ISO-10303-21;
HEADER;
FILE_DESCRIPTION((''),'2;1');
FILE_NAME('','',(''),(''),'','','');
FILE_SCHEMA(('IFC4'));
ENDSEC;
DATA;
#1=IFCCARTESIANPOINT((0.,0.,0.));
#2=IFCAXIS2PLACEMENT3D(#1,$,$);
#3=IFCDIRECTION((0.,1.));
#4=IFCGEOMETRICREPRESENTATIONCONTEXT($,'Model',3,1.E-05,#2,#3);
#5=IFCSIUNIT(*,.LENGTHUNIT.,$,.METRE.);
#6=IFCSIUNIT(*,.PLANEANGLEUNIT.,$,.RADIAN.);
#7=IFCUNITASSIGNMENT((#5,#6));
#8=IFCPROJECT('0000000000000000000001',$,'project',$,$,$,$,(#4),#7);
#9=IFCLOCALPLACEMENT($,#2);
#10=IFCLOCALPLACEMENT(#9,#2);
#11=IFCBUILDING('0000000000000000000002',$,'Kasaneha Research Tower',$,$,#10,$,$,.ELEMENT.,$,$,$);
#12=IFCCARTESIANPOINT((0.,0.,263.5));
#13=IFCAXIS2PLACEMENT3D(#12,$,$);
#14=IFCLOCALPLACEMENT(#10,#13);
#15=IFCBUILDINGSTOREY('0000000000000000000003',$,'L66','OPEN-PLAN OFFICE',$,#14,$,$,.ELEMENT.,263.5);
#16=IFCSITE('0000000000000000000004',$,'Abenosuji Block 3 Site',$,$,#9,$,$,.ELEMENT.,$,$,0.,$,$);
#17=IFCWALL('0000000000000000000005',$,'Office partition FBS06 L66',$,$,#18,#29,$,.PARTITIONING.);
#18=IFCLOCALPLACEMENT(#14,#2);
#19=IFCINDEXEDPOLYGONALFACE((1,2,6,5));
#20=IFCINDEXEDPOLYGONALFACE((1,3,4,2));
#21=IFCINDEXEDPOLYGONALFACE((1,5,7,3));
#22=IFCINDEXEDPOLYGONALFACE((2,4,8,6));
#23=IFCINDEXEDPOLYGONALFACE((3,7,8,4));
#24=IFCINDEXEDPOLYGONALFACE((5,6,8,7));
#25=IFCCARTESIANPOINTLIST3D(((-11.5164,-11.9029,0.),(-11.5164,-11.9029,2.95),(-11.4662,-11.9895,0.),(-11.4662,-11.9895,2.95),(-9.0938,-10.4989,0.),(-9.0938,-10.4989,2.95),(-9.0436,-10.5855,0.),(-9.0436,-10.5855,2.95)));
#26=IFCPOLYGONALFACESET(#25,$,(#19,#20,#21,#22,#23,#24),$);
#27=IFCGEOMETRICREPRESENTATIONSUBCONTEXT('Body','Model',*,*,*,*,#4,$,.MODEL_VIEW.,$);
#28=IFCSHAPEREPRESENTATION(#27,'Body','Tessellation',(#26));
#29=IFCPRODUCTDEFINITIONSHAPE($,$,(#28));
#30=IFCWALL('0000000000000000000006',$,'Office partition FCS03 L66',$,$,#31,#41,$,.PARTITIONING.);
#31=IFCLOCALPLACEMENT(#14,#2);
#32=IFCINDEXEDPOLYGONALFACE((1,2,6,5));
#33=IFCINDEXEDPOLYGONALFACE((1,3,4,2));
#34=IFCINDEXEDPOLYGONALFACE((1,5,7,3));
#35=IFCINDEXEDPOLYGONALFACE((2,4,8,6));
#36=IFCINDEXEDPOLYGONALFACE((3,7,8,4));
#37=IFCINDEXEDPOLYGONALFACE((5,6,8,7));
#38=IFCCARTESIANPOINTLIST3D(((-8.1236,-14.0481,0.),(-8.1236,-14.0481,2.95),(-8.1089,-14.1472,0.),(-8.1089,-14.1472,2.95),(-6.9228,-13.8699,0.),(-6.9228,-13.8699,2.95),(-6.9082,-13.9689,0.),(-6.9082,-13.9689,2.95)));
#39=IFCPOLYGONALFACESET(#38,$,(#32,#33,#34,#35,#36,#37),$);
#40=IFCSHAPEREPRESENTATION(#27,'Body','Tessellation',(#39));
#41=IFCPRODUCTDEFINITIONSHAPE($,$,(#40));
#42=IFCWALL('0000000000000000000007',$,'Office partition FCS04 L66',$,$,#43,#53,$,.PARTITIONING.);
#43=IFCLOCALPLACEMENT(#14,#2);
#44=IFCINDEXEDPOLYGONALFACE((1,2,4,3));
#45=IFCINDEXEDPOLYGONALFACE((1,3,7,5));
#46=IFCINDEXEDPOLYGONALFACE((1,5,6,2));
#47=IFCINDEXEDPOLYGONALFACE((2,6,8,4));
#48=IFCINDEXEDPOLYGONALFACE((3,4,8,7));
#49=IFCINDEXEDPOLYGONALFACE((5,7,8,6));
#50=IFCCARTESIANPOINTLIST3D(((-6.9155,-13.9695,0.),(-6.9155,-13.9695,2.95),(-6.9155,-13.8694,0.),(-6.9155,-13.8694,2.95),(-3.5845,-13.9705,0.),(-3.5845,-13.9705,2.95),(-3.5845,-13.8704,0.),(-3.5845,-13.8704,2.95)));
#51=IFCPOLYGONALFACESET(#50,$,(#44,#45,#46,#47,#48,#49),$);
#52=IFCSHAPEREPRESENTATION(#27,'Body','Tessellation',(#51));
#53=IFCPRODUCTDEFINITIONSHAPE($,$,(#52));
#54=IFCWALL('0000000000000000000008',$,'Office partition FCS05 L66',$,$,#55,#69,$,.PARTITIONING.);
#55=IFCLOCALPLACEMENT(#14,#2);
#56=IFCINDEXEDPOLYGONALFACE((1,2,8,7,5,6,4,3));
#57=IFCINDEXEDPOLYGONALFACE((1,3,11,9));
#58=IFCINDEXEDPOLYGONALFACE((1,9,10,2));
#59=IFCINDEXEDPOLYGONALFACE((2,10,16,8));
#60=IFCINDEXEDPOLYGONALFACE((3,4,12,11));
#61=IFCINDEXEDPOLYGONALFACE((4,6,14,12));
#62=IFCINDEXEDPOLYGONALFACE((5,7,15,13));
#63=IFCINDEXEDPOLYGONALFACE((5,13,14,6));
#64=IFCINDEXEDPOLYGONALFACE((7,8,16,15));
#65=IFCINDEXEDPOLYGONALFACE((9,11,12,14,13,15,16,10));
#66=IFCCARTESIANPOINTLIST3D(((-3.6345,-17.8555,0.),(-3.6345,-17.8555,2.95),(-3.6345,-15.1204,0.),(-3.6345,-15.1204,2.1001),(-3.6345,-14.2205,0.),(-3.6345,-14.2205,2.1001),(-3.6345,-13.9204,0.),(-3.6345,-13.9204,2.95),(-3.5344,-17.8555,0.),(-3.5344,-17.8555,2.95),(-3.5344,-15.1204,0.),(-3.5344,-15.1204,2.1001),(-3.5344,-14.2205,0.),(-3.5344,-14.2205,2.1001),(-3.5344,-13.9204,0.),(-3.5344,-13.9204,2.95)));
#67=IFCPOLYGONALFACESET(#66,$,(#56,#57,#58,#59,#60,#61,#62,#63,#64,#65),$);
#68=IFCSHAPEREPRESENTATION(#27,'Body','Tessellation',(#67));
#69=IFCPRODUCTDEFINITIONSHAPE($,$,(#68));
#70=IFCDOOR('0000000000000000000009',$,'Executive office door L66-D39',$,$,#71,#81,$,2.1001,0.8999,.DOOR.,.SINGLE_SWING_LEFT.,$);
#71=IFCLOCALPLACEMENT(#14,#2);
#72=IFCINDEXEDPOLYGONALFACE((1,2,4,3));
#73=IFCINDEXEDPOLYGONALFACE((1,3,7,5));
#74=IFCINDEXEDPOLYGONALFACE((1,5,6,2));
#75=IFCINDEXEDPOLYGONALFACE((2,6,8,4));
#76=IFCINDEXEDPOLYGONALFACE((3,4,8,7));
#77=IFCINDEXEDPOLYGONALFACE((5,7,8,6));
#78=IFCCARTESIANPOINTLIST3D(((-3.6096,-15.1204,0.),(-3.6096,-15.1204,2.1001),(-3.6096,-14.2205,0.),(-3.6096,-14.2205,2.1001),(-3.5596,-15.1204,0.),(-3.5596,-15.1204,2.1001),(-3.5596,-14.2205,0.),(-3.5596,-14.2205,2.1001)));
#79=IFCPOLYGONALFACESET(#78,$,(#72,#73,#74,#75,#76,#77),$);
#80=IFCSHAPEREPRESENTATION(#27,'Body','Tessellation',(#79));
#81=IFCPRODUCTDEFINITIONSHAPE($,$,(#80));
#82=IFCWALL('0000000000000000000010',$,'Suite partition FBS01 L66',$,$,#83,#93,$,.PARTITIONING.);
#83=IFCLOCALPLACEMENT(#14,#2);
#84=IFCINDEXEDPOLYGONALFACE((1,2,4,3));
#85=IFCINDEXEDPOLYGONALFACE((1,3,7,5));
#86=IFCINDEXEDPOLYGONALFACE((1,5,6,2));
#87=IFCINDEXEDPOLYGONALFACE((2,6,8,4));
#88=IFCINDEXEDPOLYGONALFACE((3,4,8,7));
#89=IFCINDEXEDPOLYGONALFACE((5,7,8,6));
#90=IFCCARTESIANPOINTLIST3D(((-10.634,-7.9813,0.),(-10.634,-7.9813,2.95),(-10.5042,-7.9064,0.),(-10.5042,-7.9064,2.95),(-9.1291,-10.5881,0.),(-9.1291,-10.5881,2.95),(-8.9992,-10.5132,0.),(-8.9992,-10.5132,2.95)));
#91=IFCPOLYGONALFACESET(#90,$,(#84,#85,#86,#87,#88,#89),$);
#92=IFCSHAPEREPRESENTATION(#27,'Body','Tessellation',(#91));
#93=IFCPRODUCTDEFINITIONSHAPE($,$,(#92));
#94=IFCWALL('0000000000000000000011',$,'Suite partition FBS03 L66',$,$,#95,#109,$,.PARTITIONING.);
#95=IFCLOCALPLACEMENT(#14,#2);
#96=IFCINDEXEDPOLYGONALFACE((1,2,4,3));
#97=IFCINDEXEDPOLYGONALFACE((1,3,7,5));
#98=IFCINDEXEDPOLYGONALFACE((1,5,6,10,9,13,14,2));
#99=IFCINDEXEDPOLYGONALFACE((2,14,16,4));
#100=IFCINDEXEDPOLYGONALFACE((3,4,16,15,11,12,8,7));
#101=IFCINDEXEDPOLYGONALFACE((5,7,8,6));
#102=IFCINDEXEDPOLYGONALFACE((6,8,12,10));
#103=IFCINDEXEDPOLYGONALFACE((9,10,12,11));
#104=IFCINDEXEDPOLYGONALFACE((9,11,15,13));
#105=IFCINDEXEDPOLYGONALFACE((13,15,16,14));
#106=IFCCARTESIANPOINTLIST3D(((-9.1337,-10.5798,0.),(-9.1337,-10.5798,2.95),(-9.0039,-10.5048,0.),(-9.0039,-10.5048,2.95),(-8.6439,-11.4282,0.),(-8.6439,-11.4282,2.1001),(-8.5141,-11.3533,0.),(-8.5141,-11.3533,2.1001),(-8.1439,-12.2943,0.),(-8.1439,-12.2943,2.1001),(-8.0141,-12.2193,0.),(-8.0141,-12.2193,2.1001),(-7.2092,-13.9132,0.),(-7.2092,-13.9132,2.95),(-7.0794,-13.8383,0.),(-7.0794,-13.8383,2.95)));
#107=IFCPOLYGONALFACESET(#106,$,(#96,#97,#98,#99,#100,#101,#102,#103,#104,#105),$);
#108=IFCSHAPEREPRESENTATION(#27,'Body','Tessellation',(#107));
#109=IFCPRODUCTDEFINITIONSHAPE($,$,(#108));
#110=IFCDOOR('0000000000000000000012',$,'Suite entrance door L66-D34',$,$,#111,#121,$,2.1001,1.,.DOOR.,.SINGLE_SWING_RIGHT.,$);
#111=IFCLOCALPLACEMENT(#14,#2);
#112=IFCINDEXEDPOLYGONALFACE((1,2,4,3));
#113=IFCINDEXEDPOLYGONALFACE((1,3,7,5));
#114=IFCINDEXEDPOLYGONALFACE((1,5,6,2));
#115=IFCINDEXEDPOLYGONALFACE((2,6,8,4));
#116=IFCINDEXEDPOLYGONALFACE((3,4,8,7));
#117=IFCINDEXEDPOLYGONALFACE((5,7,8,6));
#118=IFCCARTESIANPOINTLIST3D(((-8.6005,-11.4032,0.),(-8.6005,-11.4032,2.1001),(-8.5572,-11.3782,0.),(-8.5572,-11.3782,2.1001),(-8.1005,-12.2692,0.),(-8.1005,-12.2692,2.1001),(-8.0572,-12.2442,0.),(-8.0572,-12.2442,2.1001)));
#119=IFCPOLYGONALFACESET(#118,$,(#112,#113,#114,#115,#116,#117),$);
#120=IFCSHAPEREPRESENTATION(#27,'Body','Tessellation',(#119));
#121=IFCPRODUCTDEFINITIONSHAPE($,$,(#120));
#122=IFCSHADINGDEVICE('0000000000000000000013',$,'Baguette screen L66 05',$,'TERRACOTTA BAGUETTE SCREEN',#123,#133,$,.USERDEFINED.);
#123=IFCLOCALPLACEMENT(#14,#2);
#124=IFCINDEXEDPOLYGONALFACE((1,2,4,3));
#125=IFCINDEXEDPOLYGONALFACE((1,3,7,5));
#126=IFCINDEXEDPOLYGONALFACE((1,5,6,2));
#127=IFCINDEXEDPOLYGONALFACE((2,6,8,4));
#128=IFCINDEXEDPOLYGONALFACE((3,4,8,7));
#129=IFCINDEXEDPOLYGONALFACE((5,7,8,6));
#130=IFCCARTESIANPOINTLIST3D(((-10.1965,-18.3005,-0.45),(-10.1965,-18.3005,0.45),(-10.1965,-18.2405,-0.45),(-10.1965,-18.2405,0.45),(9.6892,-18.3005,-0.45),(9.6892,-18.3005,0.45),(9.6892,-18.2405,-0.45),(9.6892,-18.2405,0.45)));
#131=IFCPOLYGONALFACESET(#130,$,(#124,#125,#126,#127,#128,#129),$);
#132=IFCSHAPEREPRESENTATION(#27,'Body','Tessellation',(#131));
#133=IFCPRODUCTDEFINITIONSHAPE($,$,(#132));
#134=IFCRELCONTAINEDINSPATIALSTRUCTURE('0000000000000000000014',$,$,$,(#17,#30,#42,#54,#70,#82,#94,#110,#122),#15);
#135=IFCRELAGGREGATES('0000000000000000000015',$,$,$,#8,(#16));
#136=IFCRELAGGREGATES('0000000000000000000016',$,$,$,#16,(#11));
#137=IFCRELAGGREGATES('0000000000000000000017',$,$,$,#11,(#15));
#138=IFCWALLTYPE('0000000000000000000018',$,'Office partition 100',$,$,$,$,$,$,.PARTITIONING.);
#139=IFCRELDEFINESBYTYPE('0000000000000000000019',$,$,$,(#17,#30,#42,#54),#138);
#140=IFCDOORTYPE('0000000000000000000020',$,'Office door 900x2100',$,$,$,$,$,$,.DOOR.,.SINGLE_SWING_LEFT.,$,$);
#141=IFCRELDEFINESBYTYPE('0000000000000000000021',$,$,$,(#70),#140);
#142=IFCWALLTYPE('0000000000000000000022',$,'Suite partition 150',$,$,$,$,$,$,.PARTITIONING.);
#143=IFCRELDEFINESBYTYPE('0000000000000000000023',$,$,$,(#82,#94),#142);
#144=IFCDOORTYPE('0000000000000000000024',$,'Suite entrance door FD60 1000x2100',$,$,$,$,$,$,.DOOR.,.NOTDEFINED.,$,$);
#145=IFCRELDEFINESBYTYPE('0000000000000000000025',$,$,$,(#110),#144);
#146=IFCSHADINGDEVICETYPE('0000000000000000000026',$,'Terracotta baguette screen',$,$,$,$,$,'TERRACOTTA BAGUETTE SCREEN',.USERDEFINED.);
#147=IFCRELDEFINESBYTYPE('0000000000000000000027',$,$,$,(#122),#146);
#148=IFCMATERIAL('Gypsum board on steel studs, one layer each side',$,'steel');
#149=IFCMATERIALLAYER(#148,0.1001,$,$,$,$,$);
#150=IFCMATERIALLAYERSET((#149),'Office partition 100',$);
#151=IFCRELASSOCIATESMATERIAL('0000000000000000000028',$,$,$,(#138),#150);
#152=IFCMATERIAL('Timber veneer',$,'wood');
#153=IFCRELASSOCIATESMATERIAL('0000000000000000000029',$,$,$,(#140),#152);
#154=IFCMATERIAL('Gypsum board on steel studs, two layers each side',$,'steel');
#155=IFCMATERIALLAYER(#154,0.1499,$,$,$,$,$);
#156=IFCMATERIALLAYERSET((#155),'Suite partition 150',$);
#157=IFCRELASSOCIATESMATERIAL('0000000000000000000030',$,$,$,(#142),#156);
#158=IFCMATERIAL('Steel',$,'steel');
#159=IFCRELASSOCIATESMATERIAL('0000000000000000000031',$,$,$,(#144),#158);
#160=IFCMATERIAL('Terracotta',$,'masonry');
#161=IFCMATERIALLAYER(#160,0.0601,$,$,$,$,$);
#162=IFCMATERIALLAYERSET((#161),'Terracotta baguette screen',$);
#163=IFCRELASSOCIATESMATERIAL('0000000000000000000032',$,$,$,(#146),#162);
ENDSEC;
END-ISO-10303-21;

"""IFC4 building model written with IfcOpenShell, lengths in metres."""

from ifc_helpers import new_model, si_unit, direction, frame, frame_2d, origin, origin_2d, place, context, subcontext, project, spatial, rectangle, extrude, material, layer, layer_set, type_object, element, fill, save


model = new_model("IFC4")

# Units and contexts
model_context = context("Model", 3, precision=1e-05, world=origin(), true_north=direction((0.0, 1.0)))
body_context = subcontext(model_context, "Body", "Model", "MODEL_VIEW")
ifc_project = project(units=[si_unit("LENGTHUNIT", "METRE"), si_unit("PLANEANGLEUNIT", "RADIAN")], contexts=[model_context])

# Site, building, storey
site_placement = place(None, origin())
site = spatial("IfcSite", under=ifc_project, at=site_placement, Name="Abenosuji Block 3 Site", CompositionType="ELEMENT", RefElevation=0.0)
building_placement = place(site_placement, origin())
building = spatial("IfcBuilding", under=site, at=building_placement, Name="Kasaneha Research Tower", CompositionType="ELEMENT")
storey_placement = place(building_placement, frame((0.0, 0.0, 263.5)))
storey = spatial("IfcBuildingStorey", under=building, at=storey_placement, Name="L66", Description="OPEN-PLAN OFFICE", CompositionType="ELEMENT", Elevation=263.5)

# Walls
ifc_material_1 = material(Name="Gypsum board on steel studs, one layer each side", Category="steel")
ifc_layer_1 = layer(ifc_material_1, 0.1001)
ifc_layer_set_1 = layer_set([ifc_layer_1], Name="Office partition 100")
wall_type_1 = type_object("IfcWallType", Name="Office partition 100", PredefinedType="PARTITIONING", material=ifc_layer_set_1)
wall_1_placement = place(storey_placement, frame((-9.0688, -10.5422, 0.0), z_axis=(0.0, 0.0, 1.0), x_axis=(-0.865195, -0.501435, 0.0)))
element("IfcWall", 1, at=wall_1_placement, inside=storey, type_object=wall_type_1, Name="Office partition FBS06 L66", PredefinedType="PARTITIONING", context=body_context, shape_type="SweptSolid", body=[
    extrude(rectangle(XDim=2.8, YDim=0.1001, at=frame_2d((1.3999, 0.0))), origin(), (0.0, 0.0, 1.0), 2.95),
])
wall_2_placement = place(storey_placement, frame((-8.1162, -14.0977, 0.0), z_axis=(0.0, 0.0, 1.0), x_axis=(0.989162, 0.146826, 0.0)))
element("IfcWall", 2, at=wall_2_placement, inside=storey, type_object=wall_type_1, Name="Office partition FCS03 L66", PredefinedType="PARTITIONING", context=body_context, shape_type="SweptSolid", body=[
    extrude(rectangle(XDim=1.2139, YDim=0.1001, at=frame_2d((0.6069, 0.0))), origin(), (0.0, 0.0, 1.0), 2.95),
])
wall_3_placement = place(storey_placement, frame((-6.9155, -13.9194, 0.0), z_axis=(0.0, 0.0, 1.0), x_axis=(1.0, -0.000293, 0.0)))
element("IfcWall", 3, at=wall_3_placement, inside=storey, type_object=wall_type_1, Name="Office partition FCS04 L66", PredefinedType="PARTITIONING", context=body_context, shape_type="SweptSolid", body=[
    extrude(rectangle(XDim=3.3311, YDim=0.1001, at=frame_2d((1.6655, 0.0))), origin(), (0.0, 0.0, 1.0), 2.95),
])

# Wall, opening, door
wall_4_placement = place(storey_placement, frame((-3.5845, -13.9204, 0.0), z_axis=(0.0, 0.0, 1.0), x_axis=(0.0, -1.0, 0.0)))
wall_4 = element("IfcWall", 4, at=wall_4_placement, inside=storey, type_object=wall_type_1, Name="Office partition FCS05 L66", PredefinedType="PARTITIONING", context=body_context, shape_type="SweptSolid", body=[
    extrude(rectangle(XDim=3.9351, YDim=0.1001, at=frame_2d((1.9675, 0.0))), origin(), (0.0, 0.0, 1.0), 2.95),
])
opening_1_placement = place(wall_4_placement, frame((0.3, 0.0, 0.0)))
opening_1 = element("IfcOpeningElement", 5, at=opening_1_placement, cuts=wall_4, PredefinedType="OPENING", context=body_context, shape_type="SweptSolid", body=[
    extrude(rectangle(XDim=0.8999, YDim=2.1001, at=frame_2d((0.45, 1.05))), frame((0.0, 0.0601, 0.0), z_axis=(0.0, -1.0, 0.0), x_axis=(1.0, 0.0, 0.0)), (0.0, 0.0, 1.0), 0.1201),
])
ifc_material_2 = material(Name="Timber veneer", Category="wood")
door_type_1 = type_object("IfcDoorType", Name="Office door 900x2100", OperationType="SINGLE_SWING_LEFT", PredefinedType="DOOR", material=ifc_material_2)
door_1_placement = place(opening_1_placement, origin())
door_1 = element("IfcDoor", 6, at=door_1_placement, inside=storey, type_object=door_type_1, Name="Executive office door L66-D39", OperationType="SINGLE_SWING_LEFT", OverallHeight=2.1001, OverallWidth=0.8999, PredefinedType="DOOR", context=body_context, shape_type="SweptSolid", body=[
    extrude(rectangle(XDim=0.8999, YDim=2.1001, at=frame_2d((0.45, 1.05))), frame((0.0, 0.0249, 0.0), z_axis=(0.0, -1.0, 0.0), x_axis=(1.0, 0.0, 0.0)), (0.0, 0.0, 1.0), 0.05),
])
fill(opening_1, door_1)

# Wall
ifc_material_3 = material(Name="Gypsum board on steel studs, two layers each side", Category="steel")
ifc_layer_2 = layer(ifc_material_3, 0.1499)
ifc_layer_set_2 = layer_set([ifc_layer_2], Name="Suite partition 150")
wall_type_2 = type_object("IfcWallType", Name="Suite partition 150", PredefinedType="PARTITIONING", material=ifc_layer_set_2)
wall_5_placement = place(storey_placement, frame((-9.0642, -10.5505, 0.0), z_axis=(0.0, 0.0, 1.0), x_axis=(-0.499978, 0.866038, 0.0)))
element("IfcWall", 7, at=wall_5_placement, inside=storey, type_object=wall_type_2, Name="Suite partition FBS01 L66", PredefinedType="PARTITIONING", context=body_context, shape_type="SweptSolid", body=[
    extrude(rectangle(XDim=3.01, YDim=0.1499, at=frame_2d((1.5049, 0.0))), origin(), (0.0, 0.0, 1.0), 2.95),
])

# Wall, opening, door
wall_6_placement = place(storey_placement, frame((-7.1443, -13.8757, 0.0), z_axis=(0.0, 0.0, 1.0), x_axis=(-0.499993, 0.866029, 0.0)))
wall_6 = element("IfcWall", 8, at=wall_6_placement, inside=storey, type_object=wall_type_2, Name="Suite partition FBS03 L66", PredefinedType="PARTITIONING", context=body_context, shape_type="SweptSolid", body=[
    extrude(rectangle(XDim=3.8491, YDim=0.1499, at=frame_2d((1.9246, 0.0))), origin(), (0.0, 0.0, 1.0), 2.95),
])
opening_2_placement = place(wall_6_placement, frame((1.8694, 0.0, 0.0)))
opening_2 = element("IfcOpeningElement", 9, at=opening_2_placement, cuts=wall_6, PredefinedType="OPENING", context=body_context, shape_type="SweptSolid", body=[
    extrude(rectangle(XDim=1.0, YDim=2.1001, at=frame_2d((0.5, 1.05))), frame((0.0, 0.085, 0.0), z_axis=(0.0, -1.0, 0.0), x_axis=(1.0, 0.0, 0.0)), (0.0, 0.0, 1.0), 0.1699),
])
ifc_material_4 = material(Name="Steel", Category="steel")
door_type_2 = type_object("IfcDoorType", Name="Suite entrance door FD60 1000x2100", OperationType="NOTDEFINED", PredefinedType="DOOR", material=ifc_material_4)
door_2_placement = place(opening_2_placement, origin())
door_2 = element("IfcDoor", 10, at=door_2_placement, inside=storey, type_object=door_type_2, Name="Suite entrance door L66-D34", OperationType="SINGLE_SWING_RIGHT", OverallHeight=2.1001, OverallWidth=1.0, PredefinedType="DOOR", context=body_context, shape_type="SweptSolid", body=[
    extrude(rectangle(XDim=1.0, YDim=2.1001, at=frame_2d((0.5, 1.05))), frame((0.0, 0.0249, 0.0), z_axis=(0.0, -1.0, 0.0), x_axis=(1.0, 0.0, 0.0)), (0.0, 0.0, 1.0), 0.05),
])
fill(opening_2, door_2)

# Shading device
ifc_material_5 = material(Name="Terracotta", Category="masonry")
ifc_layer_3 = layer(ifc_material_5, 0.0601)
ifc_layer_set_3 = layer_set([ifc_layer_3], Name="Terracotta baguette screen")
shading_device_type = type_object("IfcShadingDeviceType", Name="Terracotta baguette screen", ElementType="TERRACOTTA BAGUETTE SCREEN", PredefinedType="USERDEFINED", material=ifc_layer_set_3)
shading_device_placement = place(storey_placement, frame((-0.2537, -18.2705, -0.45), z_axis=(0.0, 0.0, 1.0), x_axis=(1.0, 0.0, 0.0)))
element("IfcShadingDevice", 11, at=shading_device_placement, inside=storey, type_object=shading_device_type, Name="Baguette screen L66 05", ObjectType="TERRACOTTA BAGUETTE SCREEN", PredefinedType="USERDEFINED", context=body_context, shape_type="SweptSolid", body=[
    extrude(rectangle(XDim=19.8857, YDim=0.0601, at=origin_2d()), origin(), (0.0, 0.0, 1.0), 0.8999),
])

save(model, "model.ifc")
